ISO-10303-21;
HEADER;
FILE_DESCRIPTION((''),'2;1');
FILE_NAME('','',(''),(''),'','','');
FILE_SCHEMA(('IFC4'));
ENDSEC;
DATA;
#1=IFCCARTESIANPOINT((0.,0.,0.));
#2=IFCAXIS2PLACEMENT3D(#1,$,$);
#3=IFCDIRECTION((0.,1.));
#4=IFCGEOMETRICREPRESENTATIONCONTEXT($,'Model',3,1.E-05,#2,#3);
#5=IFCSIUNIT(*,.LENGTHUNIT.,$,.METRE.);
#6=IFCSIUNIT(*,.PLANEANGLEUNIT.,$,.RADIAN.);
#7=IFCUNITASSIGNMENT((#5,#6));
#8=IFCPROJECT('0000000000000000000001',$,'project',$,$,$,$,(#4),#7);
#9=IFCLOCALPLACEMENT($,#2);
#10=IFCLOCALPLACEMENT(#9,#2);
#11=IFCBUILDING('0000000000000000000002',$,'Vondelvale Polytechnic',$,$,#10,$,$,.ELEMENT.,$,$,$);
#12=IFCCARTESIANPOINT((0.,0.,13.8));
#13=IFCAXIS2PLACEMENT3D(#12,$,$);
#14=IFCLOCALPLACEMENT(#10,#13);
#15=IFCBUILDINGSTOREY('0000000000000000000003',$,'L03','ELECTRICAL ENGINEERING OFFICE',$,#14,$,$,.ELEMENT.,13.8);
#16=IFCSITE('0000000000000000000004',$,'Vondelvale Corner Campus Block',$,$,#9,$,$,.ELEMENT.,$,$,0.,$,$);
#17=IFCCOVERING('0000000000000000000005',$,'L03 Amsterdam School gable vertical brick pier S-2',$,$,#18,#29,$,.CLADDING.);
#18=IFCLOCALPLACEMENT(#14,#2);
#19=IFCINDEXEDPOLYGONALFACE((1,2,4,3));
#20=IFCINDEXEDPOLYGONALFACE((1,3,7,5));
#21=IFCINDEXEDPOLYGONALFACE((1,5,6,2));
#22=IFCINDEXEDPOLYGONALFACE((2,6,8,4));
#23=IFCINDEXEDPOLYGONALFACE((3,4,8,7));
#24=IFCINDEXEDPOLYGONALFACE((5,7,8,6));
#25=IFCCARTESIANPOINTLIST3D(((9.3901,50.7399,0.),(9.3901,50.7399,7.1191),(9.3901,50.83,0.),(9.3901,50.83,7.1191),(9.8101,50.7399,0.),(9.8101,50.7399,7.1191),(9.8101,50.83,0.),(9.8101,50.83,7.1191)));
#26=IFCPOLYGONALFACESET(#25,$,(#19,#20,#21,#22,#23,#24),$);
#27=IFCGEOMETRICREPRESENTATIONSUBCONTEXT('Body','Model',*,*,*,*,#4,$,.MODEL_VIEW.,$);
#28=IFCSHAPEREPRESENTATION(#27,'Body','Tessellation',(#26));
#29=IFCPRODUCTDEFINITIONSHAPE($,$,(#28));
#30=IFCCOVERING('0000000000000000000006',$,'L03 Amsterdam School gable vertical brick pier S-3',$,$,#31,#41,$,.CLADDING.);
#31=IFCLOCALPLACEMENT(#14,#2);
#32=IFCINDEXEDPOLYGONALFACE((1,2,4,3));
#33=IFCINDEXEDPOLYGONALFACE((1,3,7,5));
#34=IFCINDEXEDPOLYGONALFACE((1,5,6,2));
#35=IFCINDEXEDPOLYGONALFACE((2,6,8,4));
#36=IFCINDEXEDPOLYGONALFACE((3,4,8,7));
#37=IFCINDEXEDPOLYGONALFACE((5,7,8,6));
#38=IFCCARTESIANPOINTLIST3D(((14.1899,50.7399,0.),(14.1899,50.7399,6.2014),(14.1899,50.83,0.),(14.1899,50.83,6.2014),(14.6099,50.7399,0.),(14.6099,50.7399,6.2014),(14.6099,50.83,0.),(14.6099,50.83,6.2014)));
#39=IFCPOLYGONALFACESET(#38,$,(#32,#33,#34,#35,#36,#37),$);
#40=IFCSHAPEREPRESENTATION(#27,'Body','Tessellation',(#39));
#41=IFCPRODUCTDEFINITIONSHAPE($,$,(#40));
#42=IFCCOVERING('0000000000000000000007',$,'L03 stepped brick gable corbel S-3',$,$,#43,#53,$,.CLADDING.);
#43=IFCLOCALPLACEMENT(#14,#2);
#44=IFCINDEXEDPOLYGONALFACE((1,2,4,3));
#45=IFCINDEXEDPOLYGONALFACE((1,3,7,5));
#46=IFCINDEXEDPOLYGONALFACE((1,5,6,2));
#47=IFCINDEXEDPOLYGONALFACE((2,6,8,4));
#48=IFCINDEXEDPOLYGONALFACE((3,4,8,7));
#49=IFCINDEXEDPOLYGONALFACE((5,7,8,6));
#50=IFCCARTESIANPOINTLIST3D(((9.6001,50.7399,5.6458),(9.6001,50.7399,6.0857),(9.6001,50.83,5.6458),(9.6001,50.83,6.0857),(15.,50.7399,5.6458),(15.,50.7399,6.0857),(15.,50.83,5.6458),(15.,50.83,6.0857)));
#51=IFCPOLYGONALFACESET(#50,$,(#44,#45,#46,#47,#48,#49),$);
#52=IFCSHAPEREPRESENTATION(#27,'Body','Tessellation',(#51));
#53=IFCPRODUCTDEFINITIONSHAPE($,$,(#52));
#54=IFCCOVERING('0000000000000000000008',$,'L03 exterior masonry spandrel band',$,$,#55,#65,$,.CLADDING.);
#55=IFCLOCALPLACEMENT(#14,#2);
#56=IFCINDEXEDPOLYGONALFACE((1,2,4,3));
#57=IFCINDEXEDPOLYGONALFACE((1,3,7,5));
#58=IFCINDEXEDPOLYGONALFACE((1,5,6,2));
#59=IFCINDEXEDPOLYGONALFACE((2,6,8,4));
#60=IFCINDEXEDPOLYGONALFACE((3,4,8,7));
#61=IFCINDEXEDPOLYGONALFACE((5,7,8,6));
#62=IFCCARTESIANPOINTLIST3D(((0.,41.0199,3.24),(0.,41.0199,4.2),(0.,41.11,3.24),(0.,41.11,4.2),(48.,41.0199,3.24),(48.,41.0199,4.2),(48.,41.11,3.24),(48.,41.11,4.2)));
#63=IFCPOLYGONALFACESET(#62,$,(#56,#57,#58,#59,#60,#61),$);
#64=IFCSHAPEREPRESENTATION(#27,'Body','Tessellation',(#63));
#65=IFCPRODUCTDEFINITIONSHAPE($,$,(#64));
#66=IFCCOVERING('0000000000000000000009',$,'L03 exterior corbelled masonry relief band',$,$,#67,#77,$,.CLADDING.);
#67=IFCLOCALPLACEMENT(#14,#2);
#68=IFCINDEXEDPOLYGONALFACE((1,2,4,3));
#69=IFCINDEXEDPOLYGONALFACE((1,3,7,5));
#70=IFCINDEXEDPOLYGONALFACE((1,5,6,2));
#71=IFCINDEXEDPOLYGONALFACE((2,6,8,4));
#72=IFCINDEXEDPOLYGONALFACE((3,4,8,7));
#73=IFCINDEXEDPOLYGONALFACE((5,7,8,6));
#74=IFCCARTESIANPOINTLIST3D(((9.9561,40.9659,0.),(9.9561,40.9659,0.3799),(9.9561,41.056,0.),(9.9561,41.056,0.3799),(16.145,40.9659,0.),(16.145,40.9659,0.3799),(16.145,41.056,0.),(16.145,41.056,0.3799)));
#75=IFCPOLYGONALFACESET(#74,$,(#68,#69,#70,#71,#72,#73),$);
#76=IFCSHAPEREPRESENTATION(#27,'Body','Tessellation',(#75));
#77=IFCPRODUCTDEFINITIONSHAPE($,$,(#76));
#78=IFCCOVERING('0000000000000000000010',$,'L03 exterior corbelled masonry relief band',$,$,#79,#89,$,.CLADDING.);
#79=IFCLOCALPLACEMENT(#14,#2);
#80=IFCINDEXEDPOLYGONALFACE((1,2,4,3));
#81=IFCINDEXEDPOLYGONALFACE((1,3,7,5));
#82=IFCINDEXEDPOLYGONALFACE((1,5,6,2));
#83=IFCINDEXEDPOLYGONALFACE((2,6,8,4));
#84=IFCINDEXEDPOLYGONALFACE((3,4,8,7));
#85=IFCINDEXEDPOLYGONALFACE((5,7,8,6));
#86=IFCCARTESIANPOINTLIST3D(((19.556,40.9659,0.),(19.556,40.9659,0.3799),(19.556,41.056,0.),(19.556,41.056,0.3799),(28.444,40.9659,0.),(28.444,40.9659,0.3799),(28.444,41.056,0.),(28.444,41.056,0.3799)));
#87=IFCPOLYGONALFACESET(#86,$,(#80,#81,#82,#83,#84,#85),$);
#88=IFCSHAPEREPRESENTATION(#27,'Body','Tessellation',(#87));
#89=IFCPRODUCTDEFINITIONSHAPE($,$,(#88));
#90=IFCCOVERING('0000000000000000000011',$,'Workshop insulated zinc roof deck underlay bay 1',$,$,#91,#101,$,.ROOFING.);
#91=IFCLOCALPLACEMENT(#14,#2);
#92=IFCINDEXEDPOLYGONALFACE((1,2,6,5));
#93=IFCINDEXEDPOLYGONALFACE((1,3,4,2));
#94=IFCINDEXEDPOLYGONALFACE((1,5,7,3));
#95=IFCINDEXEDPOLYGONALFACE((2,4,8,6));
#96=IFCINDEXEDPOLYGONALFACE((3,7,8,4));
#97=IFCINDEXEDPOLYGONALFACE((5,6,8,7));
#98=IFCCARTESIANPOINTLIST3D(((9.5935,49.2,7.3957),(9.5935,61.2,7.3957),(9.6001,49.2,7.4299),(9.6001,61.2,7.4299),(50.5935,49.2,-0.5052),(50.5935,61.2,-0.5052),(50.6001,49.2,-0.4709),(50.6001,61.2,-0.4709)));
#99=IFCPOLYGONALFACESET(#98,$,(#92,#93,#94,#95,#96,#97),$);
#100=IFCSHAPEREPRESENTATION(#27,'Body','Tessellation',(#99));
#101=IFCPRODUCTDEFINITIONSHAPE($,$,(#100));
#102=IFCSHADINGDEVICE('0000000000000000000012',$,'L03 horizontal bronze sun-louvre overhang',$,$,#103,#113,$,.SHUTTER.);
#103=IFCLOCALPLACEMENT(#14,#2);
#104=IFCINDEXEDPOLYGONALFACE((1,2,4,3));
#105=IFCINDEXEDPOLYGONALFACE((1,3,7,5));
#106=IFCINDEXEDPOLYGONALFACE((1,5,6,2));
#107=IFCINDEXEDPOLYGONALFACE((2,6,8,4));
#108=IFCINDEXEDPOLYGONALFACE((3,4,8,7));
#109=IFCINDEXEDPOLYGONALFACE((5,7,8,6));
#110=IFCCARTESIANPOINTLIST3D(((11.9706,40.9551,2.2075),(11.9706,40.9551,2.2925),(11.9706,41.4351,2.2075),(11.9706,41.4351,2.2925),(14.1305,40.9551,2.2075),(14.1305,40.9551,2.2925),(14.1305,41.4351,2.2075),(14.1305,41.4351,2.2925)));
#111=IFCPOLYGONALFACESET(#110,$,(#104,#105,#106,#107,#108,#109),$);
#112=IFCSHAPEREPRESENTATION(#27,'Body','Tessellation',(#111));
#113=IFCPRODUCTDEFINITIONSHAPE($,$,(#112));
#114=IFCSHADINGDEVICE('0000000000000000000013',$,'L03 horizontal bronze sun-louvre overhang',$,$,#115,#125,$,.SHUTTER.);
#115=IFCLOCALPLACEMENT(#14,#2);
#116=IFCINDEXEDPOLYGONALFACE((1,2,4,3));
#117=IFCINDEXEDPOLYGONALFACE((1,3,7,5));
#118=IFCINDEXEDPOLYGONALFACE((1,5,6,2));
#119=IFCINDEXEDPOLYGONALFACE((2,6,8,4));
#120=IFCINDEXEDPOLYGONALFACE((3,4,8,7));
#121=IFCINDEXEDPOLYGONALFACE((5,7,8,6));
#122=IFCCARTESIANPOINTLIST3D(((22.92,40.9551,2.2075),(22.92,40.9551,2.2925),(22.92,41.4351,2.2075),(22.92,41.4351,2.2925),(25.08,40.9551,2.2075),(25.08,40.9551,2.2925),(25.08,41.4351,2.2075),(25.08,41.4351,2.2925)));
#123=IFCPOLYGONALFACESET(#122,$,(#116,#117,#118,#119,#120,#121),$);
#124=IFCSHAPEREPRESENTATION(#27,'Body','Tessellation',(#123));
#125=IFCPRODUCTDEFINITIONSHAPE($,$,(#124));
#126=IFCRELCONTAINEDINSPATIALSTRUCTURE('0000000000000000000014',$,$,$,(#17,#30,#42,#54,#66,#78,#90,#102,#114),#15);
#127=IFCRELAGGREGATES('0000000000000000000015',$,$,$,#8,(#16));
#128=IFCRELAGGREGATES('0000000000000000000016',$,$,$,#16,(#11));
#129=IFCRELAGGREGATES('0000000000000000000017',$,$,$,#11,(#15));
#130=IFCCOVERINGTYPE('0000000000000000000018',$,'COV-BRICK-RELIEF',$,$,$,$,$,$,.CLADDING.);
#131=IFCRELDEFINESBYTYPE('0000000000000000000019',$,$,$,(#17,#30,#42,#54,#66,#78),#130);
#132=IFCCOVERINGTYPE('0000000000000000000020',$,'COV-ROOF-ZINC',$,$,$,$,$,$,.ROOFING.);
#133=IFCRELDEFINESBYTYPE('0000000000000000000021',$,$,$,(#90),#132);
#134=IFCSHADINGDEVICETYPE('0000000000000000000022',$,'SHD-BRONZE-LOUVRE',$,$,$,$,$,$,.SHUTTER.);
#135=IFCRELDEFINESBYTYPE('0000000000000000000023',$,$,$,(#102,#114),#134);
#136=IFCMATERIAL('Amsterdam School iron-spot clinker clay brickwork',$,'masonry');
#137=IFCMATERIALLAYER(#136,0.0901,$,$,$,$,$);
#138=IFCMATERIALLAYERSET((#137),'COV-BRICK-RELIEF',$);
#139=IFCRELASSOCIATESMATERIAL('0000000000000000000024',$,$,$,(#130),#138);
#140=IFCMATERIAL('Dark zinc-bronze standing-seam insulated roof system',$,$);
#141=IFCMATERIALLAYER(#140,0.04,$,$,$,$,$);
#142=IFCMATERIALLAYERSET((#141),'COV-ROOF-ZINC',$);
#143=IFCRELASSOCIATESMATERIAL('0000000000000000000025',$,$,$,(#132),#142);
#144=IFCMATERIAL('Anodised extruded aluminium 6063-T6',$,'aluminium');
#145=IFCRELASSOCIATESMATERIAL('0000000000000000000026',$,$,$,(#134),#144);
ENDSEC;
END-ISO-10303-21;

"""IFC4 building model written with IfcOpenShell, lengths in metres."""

from ifc_helpers import new_model, si_unit, direction, frame, origin, origin_2d, place, context, subcontext, project, spatial, polyline, rectangle, outline, extrude, material, layer, layer_set, type_object, element, save


model = new_model("IFC4")

# Units and contexts
model_context = context("Model", 3, precision=1e-05, world=origin(), true_north=direction((0.0, 1.0)))
body_context = subcontext(model_context, "Body", "Model", "MODEL_VIEW")
ifc_project = project(units=[si_unit("LENGTHUNIT", "METRE"), si_unit("PLANEANGLEUNIT", "RADIAN")], contexts=[model_context])

# Site, building, storey
site_placement = place(None, origin())
site = spatial("IfcSite", under=ifc_project, at=site_placement, Name="Vondelvale Corner Campus Block", CompositionType="ELEMENT", RefElevation=0.0)
building_placement = place(site_placement, origin())
building = spatial("IfcBuilding", under=site, at=building_placement, Name="Vondelvale Polytechnic", CompositionType="ELEMENT")
storey_placement = place(building_placement, frame((0.0, 0.0, 13.8)))
storey = spatial("IfcBuildingStorey", under=building, at=storey_placement, Name="L03", Description="ELECTRICAL ENGINEERING OFFICE", CompositionType="ELEMENT", Elevation=13.8)

# Shared definitions
ifc_material_1 = material(Name="Amsterdam School iron-spot clinker clay brickwork", Category="masonry")

# Shared definitions
ifc_material_2 = material(Name="Dark zinc-bronze standing-seam insulated roof system")

# Coverings
ifc_layer_1 = layer(ifc_material_1, 0.0901)
ifc_layer_set_1 = layer_set([ifc_layer_1], Name="COV-BRICK-RELIEF")
covering_type_1 = type_object("IfcCoveringType", Name="COV-BRICK-RELIEF", PredefinedType="CLADDING", material=ifc_layer_set_1)
covering_1_placement = place(storey_placement, frame((9.6001, 50.7849, 0.0), z_axis=(0.0, 0.0, 1.0), x_axis=(1.0, 0.0, 0.0)))
element("IfcCovering", 1, at=covering_1_placement, inside=storey, type_object=covering_type_1, Name="L03 Amsterdam School gable vertical brick pier S-2", PredefinedType="CLADDING", context=body_context, shape_type="SweptSolid", body=[
    extrude(rectangle(XDim=0.4199, YDim=0.0901, at=origin_2d()), origin(), (0.0, 0.0, 1.0), 7.1191),
])
covering_2_placement = place(storey_placement, frame((14.3999, 50.7849, 0.0), z_axis=(0.0, 0.0, 1.0), x_axis=(1.0, 0.0, 0.0)))
element("IfcCovering", 2, at=covering_2_placement, inside=storey, type_object=covering_type_1, Name="L03 Amsterdam School gable vertical brick pier S-3", PredefinedType="CLADDING", context=body_context, shape_type="SweptSolid", body=[
    extrude(rectangle(XDim=0.4199, YDim=0.0901, at=origin_2d()), origin(), (0.0, 0.0, 1.0), 6.2014),
])
covering_3_placement = place(storey_placement, frame((12.3, 50.7849, 5.6458), z_axis=(0.0, 0.0, 1.0), x_axis=(1.0, 0.0, 0.0)))
element("IfcCovering", 3, at=covering_3_placement, inside=storey, type_object=covering_type_1, Name="L03 stepped brick gable corbel S-3", PredefinedType="CLADDING", context=body_context, shape_type="SweptSolid", body=[
    extrude(rectangle(XDim=5.3999, YDim=0.0901, at=origin_2d()), origin(), (0.0, 0.0, 1.0), 0.4399),
])
covering_4_placement = place(storey_placement, frame((24.0, 41.0649, 3.24), z_axis=(0.0, 0.0, 1.0), x_axis=(1.0, 0.0, 0.0)))
element("IfcCovering", 4, at=covering_4_placement, inside=storey, type_object=covering_type_1, Name="L03 exterior masonry spandrel band", PredefinedType="CLADDING", context=body_context, shape_type="SweptSolid", body=[
    extrude(rectangle(XDim=48.0, YDim=0.0901, at=origin_2d()), origin(), (0.0, 0.0, 1.0), 0.96),
])
covering_5_placement = place(storey_placement, frame((13.0505, 41.011, 0.0), z_axis=(0.0, 0.0, 1.0), x_axis=(1.0, 0.0, 0.0)))
element("IfcCovering", 5, at=covering_5_placement, inside=storey, type_object=covering_type_1, Name="L03 exterior corbelled masonry relief band", PredefinedType="CLADDING", context=body_context, shape_type="SweptSolid", body=[
    extrude(rectangle(XDim=6.189, YDim=0.0901, at=origin_2d()), origin(), (0.0, 0.0, 1.0), 0.3799),
])
covering_6_placement = place(storey_placement, frame((24.0, 41.011, 0.0), z_axis=(0.0, 0.0, 1.0), x_axis=(1.0, 0.0, 0.0)))
element("IfcCovering", 6, at=covering_6_placement, inside=storey, type_object=covering_type_1, Name="L03 exterior corbelled masonry relief band", PredefinedType="CLADDING", context=body_context, shape_type="SweptSolid", body=[
    extrude(rectangle(XDim=8.8879, YDim=0.0901, at=origin_2d()), origin(), (0.0, 0.0, 1.0), 0.3799),
])
ifc_layer_2 = layer(ifc_material_2, 0.04)
ifc_layer_set_2 = layer_set([ifc_layer_2], Name="COV-ROOF-ZINC")
covering_type_2 = type_object("IfcCoveringType", Name="COV-ROOF-ZINC", PredefinedType="ROOFING", material=ifc_layer_set_2)
covering_7_placement = place(storey_placement, frame((9.6001, 49.2, 7.4299), z_axis=(0.189223, 0.0, 0.981934), x_axis=(0.981934, 0.0, -0.189223)))
element("IfcCovering", 7, at=covering_7_placement, inside=storey, type_object=covering_type_2, Name="Workshop insulated zinc roof deck underlay bay 1", PredefinedType="ROOFING", context=body_context, shape_type="SweptSolid", body=[
    extrude(outline(polyline([(0.0, 0.0), (41.7543, 0.0), (41.7543, 12.0), (0.0, 12.0), (0.0, 0.0)])), origin(), (0.0, 0.0, -1.0), 0.0349),
])

# Shading devices
ifc_material_3 = material(Name="Anodised extruded aluminium 6063-T6", Category="aluminium")
shading_device_type = type_object("IfcShadingDeviceType", Name="SHD-BRONZE-LOUVRE", PredefinedType="SHUTTER", material=ifc_material_3)
for number, where, z_axis, x_axis, name in (
    (8, (13.0505, 41.1951, 2.2075), (0.0, 0.0, 1.0), (1.0, 0.0, 0.0), "L03 horizontal bronze sun-louvre overhang"),
    (9, (24.0, 41.1951, 2.2075), (0.0, 0.0, 1.0), (1.0, 0.0, 0.0), "L03 horizontal bronze sun-louvre overhang"),
):
    element("IfcShadingDevice", number, at=place(storey_placement, frame(where, z_axis=z_axis, x_axis=x_axis)), inside=storey, type_object=shading_device_type, Name=name, PredefinedType="SHUTTER", context=body_context, shape_type="SweptSolid", body=[
        extrude(rectangle(XDim=2.1599, YDim=0.48, at=origin_2d()), origin(), (0.0, 0.0, 1.0), 0.085),
    ])

save(model, "model.ifc")
